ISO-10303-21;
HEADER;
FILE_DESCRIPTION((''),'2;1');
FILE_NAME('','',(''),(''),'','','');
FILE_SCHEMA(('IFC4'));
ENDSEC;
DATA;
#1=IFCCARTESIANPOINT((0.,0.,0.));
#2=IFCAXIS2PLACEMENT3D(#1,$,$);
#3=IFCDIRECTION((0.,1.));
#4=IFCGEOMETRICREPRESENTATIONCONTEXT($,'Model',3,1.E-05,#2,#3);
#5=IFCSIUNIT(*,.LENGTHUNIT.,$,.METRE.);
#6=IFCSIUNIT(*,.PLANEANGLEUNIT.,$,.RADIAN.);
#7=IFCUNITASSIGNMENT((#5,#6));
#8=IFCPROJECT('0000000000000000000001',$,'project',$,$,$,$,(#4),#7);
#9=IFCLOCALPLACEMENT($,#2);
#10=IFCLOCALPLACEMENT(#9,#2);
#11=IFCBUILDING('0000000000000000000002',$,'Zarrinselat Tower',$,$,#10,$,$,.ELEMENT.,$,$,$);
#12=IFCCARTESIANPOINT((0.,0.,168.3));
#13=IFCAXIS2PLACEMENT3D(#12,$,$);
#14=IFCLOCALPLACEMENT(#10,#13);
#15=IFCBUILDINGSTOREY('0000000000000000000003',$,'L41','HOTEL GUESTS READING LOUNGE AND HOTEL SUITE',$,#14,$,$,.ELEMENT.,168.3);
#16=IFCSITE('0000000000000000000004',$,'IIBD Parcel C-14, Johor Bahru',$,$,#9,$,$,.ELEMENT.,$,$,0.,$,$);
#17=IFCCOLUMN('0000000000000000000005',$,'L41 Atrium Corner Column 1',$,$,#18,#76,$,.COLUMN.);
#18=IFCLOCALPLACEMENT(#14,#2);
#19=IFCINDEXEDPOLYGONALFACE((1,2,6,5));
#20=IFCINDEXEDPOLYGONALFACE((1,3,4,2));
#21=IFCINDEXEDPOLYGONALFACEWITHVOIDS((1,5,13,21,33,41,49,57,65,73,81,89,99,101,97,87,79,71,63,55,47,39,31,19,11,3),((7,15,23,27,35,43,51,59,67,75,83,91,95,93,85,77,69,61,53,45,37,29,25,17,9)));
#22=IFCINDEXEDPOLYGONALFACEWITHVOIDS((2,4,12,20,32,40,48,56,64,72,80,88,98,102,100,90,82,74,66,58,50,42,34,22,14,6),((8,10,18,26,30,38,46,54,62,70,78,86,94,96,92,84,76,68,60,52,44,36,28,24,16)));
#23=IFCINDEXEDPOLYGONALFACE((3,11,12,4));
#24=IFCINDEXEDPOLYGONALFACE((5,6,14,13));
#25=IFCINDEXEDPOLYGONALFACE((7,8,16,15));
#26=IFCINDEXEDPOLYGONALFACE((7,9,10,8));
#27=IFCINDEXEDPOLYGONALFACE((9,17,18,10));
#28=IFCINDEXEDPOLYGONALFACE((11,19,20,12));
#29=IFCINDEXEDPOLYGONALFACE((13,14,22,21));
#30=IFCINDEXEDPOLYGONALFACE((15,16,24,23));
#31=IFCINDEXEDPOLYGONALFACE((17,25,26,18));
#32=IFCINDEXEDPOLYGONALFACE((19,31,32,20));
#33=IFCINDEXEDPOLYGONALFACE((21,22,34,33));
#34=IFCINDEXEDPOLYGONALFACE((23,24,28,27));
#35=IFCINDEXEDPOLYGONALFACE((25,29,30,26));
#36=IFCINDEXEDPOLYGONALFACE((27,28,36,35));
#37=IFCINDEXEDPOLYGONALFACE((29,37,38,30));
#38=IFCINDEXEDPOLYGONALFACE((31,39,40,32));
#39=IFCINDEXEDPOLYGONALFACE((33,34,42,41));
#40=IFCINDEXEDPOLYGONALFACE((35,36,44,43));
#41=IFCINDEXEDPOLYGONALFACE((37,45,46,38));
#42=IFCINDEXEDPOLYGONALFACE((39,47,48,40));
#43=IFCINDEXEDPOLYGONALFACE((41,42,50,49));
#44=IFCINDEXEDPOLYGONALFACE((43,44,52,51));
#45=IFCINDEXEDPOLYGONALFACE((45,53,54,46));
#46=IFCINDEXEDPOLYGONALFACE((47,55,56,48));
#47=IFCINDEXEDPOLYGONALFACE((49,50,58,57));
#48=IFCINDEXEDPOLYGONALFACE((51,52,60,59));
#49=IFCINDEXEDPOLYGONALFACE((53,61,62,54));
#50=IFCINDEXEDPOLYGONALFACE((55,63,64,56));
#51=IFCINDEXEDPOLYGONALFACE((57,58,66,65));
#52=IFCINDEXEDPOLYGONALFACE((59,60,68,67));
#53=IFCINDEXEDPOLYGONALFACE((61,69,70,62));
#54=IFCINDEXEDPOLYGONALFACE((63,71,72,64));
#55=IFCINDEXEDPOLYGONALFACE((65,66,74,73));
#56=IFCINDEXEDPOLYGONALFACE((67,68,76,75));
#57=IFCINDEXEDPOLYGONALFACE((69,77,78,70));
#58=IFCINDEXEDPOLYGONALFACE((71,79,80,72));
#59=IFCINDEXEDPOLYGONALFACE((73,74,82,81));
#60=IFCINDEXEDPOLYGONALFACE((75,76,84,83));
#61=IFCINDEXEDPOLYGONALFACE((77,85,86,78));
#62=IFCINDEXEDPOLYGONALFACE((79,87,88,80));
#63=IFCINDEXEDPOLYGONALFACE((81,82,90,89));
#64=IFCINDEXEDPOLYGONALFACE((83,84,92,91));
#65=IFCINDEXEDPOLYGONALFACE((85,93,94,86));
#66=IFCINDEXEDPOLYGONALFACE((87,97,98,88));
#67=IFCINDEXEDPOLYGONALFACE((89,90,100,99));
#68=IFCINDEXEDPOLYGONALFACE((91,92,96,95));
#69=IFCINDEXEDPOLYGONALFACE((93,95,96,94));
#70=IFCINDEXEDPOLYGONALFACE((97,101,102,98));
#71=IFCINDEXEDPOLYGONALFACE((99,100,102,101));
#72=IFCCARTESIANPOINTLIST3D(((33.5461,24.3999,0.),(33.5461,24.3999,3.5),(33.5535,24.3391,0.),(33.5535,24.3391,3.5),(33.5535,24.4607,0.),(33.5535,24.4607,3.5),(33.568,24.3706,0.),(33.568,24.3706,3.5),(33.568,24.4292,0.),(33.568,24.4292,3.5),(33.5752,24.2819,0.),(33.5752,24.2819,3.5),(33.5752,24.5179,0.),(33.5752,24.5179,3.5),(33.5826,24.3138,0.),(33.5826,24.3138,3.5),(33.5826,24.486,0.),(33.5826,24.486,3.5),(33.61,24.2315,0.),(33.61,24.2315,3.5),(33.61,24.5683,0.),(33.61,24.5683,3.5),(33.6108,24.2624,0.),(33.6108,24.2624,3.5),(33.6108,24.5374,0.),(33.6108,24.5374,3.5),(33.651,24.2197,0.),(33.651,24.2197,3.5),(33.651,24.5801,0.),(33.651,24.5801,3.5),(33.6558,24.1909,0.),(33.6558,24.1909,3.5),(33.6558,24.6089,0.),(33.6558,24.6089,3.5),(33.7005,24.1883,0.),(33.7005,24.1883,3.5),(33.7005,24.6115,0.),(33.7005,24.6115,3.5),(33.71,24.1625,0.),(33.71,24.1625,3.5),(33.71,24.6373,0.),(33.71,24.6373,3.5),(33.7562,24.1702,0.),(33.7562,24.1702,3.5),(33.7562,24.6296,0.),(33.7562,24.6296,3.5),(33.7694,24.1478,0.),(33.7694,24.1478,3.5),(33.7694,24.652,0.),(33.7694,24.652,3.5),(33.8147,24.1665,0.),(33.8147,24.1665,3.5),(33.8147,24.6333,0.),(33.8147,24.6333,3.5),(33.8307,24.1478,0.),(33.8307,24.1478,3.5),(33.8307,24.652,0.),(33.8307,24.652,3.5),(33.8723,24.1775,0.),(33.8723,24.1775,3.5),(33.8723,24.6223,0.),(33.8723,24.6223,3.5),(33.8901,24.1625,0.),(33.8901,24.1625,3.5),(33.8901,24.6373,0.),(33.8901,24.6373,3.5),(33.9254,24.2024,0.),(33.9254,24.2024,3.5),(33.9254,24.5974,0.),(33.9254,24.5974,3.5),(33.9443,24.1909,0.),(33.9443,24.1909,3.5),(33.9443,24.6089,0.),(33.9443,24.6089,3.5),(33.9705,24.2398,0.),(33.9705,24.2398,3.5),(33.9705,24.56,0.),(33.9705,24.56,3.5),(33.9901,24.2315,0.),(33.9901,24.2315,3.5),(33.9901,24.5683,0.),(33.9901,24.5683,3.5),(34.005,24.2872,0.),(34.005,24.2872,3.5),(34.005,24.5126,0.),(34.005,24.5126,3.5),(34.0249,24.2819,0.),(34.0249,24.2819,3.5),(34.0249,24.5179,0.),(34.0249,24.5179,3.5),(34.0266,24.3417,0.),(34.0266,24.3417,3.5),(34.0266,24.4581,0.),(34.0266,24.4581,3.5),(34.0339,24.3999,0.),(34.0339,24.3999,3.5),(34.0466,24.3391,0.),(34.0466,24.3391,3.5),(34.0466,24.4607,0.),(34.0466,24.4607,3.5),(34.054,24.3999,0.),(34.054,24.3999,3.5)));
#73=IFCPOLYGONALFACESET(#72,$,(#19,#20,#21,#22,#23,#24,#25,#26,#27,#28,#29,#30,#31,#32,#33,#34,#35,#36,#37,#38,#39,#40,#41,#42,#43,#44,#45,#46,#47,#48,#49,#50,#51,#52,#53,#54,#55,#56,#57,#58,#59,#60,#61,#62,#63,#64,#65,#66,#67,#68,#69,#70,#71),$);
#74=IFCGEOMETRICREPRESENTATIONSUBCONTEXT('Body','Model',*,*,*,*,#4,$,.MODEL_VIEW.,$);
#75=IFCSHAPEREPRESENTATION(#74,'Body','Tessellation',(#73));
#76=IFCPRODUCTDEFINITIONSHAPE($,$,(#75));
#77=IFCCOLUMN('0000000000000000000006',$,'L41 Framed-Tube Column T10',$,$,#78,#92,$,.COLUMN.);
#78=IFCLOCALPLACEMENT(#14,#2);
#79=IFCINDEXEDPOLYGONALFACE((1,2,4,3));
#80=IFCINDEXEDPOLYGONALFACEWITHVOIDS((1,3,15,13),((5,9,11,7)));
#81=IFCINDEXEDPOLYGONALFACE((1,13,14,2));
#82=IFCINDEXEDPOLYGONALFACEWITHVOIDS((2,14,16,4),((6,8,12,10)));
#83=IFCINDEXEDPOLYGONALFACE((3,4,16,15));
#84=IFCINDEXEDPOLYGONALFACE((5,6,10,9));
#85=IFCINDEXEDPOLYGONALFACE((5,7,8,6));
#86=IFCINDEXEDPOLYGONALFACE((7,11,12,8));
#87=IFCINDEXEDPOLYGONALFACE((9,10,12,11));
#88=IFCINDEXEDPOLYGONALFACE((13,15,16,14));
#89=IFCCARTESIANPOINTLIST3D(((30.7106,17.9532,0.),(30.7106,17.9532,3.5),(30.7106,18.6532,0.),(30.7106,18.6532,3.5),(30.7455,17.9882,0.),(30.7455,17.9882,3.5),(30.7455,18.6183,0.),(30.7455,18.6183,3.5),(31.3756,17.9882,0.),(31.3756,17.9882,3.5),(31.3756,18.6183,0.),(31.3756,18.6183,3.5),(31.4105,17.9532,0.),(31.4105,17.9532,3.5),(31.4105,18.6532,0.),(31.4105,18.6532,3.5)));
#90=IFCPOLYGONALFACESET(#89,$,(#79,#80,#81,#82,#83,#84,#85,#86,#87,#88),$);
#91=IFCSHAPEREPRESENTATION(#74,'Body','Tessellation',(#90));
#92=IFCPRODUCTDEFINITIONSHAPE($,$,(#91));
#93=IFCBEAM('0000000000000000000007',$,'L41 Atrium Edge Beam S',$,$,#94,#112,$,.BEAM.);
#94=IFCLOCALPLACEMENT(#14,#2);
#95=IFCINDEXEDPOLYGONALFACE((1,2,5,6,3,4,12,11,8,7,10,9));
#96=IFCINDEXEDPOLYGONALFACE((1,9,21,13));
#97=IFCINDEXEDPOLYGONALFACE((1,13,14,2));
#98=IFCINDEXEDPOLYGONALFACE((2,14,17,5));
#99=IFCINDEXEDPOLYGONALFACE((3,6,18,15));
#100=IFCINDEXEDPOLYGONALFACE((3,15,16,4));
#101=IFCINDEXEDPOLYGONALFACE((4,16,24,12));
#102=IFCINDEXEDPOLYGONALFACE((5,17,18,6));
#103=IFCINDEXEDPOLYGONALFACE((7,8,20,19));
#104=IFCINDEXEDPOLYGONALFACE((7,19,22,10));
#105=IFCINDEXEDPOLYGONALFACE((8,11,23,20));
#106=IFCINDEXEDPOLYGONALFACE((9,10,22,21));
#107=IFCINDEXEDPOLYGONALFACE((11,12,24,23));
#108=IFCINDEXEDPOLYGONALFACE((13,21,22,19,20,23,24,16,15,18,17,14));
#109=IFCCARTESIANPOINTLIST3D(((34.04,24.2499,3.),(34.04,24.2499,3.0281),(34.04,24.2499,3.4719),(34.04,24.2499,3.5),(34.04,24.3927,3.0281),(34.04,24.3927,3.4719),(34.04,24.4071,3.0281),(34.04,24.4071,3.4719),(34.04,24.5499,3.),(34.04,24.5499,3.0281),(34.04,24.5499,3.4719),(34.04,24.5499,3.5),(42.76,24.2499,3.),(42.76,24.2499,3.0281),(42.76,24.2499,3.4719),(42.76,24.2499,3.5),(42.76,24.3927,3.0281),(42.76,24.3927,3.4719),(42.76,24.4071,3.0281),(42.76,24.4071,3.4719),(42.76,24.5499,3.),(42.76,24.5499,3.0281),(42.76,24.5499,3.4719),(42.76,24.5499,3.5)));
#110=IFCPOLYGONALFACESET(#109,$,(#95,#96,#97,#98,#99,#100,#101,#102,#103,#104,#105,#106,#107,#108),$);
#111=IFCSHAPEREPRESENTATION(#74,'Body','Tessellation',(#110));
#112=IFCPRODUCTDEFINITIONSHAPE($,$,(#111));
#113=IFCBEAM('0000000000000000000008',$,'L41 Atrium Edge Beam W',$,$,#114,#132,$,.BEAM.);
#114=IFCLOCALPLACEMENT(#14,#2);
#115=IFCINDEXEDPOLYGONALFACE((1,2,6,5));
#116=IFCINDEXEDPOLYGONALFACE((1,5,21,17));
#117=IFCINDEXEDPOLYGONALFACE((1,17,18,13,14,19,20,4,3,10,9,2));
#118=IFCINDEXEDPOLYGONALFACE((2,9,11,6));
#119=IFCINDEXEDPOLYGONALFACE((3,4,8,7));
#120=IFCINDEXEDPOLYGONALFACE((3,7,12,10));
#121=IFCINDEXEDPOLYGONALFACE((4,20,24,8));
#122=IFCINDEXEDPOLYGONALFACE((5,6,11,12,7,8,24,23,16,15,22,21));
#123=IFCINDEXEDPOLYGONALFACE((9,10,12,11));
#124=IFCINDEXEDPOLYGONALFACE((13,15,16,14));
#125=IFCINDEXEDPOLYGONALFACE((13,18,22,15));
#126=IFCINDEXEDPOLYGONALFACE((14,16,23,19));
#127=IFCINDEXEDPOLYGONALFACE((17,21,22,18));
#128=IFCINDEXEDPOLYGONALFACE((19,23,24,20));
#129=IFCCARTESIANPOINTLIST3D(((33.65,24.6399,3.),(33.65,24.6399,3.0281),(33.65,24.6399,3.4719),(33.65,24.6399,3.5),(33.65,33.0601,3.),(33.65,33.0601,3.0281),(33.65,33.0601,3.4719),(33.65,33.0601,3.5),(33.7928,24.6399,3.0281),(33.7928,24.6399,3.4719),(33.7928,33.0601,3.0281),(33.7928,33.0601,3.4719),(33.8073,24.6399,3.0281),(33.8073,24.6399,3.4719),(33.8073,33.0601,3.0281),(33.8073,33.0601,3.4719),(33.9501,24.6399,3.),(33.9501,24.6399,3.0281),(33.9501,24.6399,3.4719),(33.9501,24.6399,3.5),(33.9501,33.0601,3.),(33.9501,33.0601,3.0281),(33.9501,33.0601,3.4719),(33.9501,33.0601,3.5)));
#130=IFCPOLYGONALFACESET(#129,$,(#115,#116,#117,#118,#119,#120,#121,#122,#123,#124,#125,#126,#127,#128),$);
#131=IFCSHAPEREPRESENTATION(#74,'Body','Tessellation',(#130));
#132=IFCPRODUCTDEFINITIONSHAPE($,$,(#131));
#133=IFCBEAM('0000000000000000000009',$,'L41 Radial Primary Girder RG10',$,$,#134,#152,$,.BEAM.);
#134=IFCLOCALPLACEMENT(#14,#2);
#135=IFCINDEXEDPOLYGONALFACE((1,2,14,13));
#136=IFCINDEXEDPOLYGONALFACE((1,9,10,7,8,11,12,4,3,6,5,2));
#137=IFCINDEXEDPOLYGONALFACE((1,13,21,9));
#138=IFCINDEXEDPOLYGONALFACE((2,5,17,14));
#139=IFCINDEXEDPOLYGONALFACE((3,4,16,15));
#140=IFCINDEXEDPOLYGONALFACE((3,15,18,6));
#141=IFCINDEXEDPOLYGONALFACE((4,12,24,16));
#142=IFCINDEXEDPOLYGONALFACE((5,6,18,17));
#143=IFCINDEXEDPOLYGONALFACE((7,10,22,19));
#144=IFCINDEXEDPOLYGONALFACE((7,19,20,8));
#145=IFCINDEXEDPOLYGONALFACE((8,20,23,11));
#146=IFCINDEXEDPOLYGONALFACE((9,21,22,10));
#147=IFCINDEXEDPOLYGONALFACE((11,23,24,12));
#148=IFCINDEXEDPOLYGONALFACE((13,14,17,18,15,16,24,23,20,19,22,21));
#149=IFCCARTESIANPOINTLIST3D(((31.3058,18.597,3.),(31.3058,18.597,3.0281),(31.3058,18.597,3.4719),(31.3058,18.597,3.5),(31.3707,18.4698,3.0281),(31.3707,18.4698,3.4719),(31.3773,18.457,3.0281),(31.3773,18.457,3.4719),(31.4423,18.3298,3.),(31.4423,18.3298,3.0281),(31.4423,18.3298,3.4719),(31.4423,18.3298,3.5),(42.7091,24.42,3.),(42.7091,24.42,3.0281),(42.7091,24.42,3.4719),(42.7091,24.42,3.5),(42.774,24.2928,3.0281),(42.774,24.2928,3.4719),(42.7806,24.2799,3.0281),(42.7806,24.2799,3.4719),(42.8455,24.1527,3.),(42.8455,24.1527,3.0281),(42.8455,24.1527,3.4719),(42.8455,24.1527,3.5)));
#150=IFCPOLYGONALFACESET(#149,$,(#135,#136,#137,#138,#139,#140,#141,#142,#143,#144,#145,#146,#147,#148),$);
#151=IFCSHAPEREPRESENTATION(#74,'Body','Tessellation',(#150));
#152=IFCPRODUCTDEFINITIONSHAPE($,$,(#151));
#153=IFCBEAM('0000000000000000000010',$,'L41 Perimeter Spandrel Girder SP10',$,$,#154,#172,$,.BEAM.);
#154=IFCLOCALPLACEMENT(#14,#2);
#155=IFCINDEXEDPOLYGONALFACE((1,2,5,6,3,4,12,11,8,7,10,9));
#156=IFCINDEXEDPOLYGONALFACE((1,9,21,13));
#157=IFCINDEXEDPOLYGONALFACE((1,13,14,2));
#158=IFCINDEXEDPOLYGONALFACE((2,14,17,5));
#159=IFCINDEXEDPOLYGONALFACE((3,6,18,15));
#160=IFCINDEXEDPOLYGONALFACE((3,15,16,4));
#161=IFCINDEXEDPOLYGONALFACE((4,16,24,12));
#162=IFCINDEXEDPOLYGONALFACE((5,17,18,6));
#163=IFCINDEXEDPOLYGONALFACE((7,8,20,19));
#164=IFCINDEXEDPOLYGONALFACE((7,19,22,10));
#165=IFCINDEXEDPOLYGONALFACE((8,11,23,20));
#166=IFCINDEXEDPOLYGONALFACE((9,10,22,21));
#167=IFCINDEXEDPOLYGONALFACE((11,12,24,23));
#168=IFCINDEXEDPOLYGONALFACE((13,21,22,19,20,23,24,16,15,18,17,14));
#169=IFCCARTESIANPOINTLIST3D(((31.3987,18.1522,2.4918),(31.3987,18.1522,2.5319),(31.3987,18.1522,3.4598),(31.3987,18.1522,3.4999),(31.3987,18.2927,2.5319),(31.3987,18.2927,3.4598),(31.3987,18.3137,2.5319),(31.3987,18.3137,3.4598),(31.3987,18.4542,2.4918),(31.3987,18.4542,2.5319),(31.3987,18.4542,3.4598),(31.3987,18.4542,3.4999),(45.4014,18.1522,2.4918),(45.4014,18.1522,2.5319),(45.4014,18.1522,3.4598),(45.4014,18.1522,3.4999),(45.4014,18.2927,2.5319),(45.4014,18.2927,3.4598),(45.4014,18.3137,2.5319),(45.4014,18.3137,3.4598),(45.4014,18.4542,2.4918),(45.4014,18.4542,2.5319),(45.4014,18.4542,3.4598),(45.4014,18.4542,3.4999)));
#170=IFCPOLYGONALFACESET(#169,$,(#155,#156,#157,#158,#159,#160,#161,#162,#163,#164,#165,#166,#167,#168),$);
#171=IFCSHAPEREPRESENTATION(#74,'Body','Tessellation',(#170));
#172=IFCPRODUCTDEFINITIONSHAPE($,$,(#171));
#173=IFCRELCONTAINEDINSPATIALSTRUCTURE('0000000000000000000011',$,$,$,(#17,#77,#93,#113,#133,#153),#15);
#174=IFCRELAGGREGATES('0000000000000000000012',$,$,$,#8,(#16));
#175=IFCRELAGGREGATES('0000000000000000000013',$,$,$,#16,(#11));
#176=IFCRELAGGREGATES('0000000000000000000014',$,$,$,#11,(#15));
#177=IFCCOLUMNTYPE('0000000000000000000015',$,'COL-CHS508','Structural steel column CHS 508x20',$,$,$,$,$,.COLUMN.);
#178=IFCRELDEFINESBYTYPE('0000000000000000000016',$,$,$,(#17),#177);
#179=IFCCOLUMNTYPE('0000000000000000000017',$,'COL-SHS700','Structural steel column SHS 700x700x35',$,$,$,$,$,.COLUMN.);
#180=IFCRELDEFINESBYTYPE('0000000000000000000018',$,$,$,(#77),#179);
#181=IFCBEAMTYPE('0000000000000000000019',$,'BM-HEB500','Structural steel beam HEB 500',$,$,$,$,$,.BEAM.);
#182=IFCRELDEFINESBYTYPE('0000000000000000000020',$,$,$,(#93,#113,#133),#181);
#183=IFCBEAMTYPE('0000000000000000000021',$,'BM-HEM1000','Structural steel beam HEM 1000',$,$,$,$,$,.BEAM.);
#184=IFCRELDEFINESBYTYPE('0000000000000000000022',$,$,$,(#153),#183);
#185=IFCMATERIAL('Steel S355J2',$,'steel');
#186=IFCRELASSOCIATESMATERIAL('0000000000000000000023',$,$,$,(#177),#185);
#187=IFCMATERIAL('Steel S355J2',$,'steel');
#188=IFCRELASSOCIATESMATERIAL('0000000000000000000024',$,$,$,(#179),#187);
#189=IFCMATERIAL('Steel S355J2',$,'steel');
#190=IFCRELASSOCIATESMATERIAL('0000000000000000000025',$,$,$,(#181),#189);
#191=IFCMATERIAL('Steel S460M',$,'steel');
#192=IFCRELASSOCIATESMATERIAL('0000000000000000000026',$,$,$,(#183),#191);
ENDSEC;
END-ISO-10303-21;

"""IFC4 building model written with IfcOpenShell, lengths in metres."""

from ifc_helpers import new_model, si_unit, direction, frame, origin, origin_2d, place, context, subcontext, project, spatial, hollow_rectangle, hollow_circle, i_section, extrude, material, material_profile, profile_set, type_object, element, save


model = new_model("IFC4")

# Units and contexts
model_context = context("Model", 3, precision=1e-05, world=origin(), true_north=direction((0.0, 1.0)))
body_context = subcontext(model_context, "Body", "Model", "MODEL_VIEW")
ifc_project = project(units=[si_unit("LENGTHUNIT", "METRE"), si_unit("PLANEANGLEUNIT", "RADIAN")], contexts=[model_context])

# Site, building, storey
site_placement = place(None, origin())
site = spatial("IfcSite", under=ifc_project, at=site_placement, Name="IIBD Parcel C-14, Johor Bahru", CompositionType="ELEMENT", RefElevation=0.0)
building_placement = place(site_placement, origin())
building = spatial("IfcBuilding", under=site, at=building_placement, Name="Zarrinselat Tower", CompositionType="ELEMENT")
storey_placement = place(building_placement, frame((0.0, 0.0, 168.3)))
storey = spatial("IfcBuildingStorey", under=building, at=storey_placement, Name="L41", Description="HOTEL GUESTS READING LOUNGE AND HOTEL SUITE", CompositionType="ELEMENT", Elevation=168.3)

# Columns
ifc_material_1 = material(Name="Steel S355J2", Category="steel")
ifc_material_profile_1 = material_profile(ifc_material_1, hollow_circle(Radius=0.2539, WallThickness=0.02, at=origin_2d()), Name="CHS 508x20")
ifc_profile_set_1 = profile_set([ifc_material_profile_1], Name="Steel S355J2")
column_type_1 = type_object("IfcColumnType", Name="COL-CHS508", Description="Structural steel column CHS 508x20", PredefinedType="COLUMN", material=ifc_profile_set_1)
column_1_placement = place(storey_placement, frame((33.8, 24.3999, 0.0), z_axis=(0.0, 0.0, 1.0), x_axis=(1.0, 0.0, 0.0)))
element("IfcColumn", 1, at=column_1_placement, inside=storey, type_object=column_type_1, Name="L41 Atrium Corner Column 1", PredefinedType="COLUMN", context=body_context, shape_type="SweptSolid", body=[
    extrude(hollow_circle(Radius=0.2539, WallThickness=0.02, at=origin_2d()), origin(), (0.0, 0.0, 1.0), 3.5),
])
ifc_material_2 = material(Name="Steel S355J2", Category="steel")
ifc_material_profile_2 = material_profile(ifc_material_2, hollow_rectangle(XDim=0.7, YDim=0.7, WallThickness=0.0349, at=origin_2d()), Name="SHS 700x700x35")
ifc_profile_set_2 = profile_set([ifc_material_profile_2], Name="Steel S355J2")
column_type_2 = type_object("IfcColumnType", Name="COL-SHS700", Description="Structural steel column SHS 700x700x35", PredefinedType="COLUMN", material=ifc_profile_set_2)
column_2_placement = place(storey_placement, frame((31.0605, 18.3032, 0.0), z_axis=(0.0, 0.0, 1.0), x_axis=(1.0, 0.0, 0.0)))
element("IfcColumn", 2, at=column_2_placement, inside=storey, type_object=column_type_2, Name="L41 Framed-Tube Column T10", PredefinedType="COLUMN", context=body_context, shape_type="SweptSolid", body=[
    extrude(hollow_rectangle(XDim=0.7, YDim=0.7, WallThickness=0.0349, at=origin_2d()), origin(), (0.0, 0.0, 1.0), 3.5),
])

# Beams
ifc_material_3 = material(Name="Steel S355J2", Category="steel")
ifc_material_profile_3 = material_profile(ifc_material_3, i_section(OverallWidth=0.3, OverallDepth=0.5, WebThickness=0.0144, FlangeThickness=0.0281, at=origin_2d()), Name="HEB 500")
ifc_profile_set_3 = profile_set([ifc_material_profile_3], Name="Steel S355J2")
beam_type_1 = type_object("IfcBeamType", Name="BM-HEB500", Description="Structural steel beam HEB 500", PredefinedType="BEAM", material=ifc_profile_set_3)
beam_1_placement = place(storey_placement, frame((34.04, 24.3999, 3.25), z_axis=(1.0, 0.0, 0.0), x_axis=(0.0, 1.0, 0.0)))
element("IfcBeam", 3, at=beam_1_placement, inside=storey, type_object=beam_type_1, Name="L41 Atrium Edge Beam S", PredefinedType="BEAM", context=body_context, shape_type="SweptSolid", body=[
    extrude(i_section(OverallWidth=0.3, OverallDepth=0.5, WebThickness=0.0144, FlangeThickness=0.0281, at=origin_2d()), origin(), (0.0, 0.0, 1.0), 8.72),
])
beam_2_placement = place(storey_placement, frame((33.8, 24.6399, 3.25), z_axis=(0.0, 1.0, 0.0), x_axis=(-1.0, 0.0, 0.0)))
element("IfcBeam", 4, at=beam_2_placement, inside=storey, type_object=beam_type_1, Name="L41 Atrium Edge Beam W", PredefinedType="BEAM", context=body_context, shape_type="SweptSolid", body=[
    extrude(i_section(OverallWidth=0.3, OverallDepth=0.5, WebThickness=0.0144, FlangeThickness=0.0281, at=origin_2d()), origin(), (0.0, 0.0, 1.0), 8.4202),
])
beam_3_placement = place(storey_placement, frame((31.374, 18.4634, 3.25), z_axis=(0.890604, 0.454779, 0.0), x_axis=(-0.454779, 0.890604, 0.0)))
element("IfcBeam", 5, at=beam_3_placement, inside=storey, type_object=beam_type_1, Name="L41 Radial Primary Girder RG10", PredefinedType="BEAM", context=body_context, shape_type="SweptSolid", body=[
    extrude(i_section(OverallWidth=0.3, OverallDepth=0.5, WebThickness=0.0144, FlangeThickness=0.0281, at=origin_2d()), origin(), (0.0, 0.0, 1.0), 12.804),
])
ifc_material_4 = material(Name="Steel S460M", Category="steel")
ifc_material_profile_4 = material_profile(ifc_material_4, i_section(OverallWidth=0.302, OverallDepth=1.0081, WebThickness=0.021, FlangeThickness=0.04, at=origin_2d()), Name="HEM 1000")
ifc_profile_set_4 = profile_set([ifc_material_profile_4], Name="Steel S460M")
beam_type_2 = type_object("IfcBeamType", Name="BM-HEM1000", Description="Structural steel beam HEM 1000", PredefinedType="BEAM", material=ifc_profile_set_4)
beam_4_placement = place(storey_placement, frame((31.3987, 18.3032, 2.9958), z_axis=(1.0, 0.0, 0.0), x_axis=(0.0, 1.0, 0.0)))
element("IfcBeam", 6, at=beam_4_placement, inside=storey, type_object=beam_type_2, Name="L41 Perimeter Spandrel Girder SP10", PredefinedType="BEAM", context=body_context, shape_type="SweptSolid", body=[
    extrude(i_section(OverallWidth=0.302, OverallDepth=1.0081, WebThickness=0.021, FlangeThickness=0.04, at=origin_2d()), origin(), (0.0, 0.0, 1.0), 14.0027),
])

save(model, "model.ifc")
